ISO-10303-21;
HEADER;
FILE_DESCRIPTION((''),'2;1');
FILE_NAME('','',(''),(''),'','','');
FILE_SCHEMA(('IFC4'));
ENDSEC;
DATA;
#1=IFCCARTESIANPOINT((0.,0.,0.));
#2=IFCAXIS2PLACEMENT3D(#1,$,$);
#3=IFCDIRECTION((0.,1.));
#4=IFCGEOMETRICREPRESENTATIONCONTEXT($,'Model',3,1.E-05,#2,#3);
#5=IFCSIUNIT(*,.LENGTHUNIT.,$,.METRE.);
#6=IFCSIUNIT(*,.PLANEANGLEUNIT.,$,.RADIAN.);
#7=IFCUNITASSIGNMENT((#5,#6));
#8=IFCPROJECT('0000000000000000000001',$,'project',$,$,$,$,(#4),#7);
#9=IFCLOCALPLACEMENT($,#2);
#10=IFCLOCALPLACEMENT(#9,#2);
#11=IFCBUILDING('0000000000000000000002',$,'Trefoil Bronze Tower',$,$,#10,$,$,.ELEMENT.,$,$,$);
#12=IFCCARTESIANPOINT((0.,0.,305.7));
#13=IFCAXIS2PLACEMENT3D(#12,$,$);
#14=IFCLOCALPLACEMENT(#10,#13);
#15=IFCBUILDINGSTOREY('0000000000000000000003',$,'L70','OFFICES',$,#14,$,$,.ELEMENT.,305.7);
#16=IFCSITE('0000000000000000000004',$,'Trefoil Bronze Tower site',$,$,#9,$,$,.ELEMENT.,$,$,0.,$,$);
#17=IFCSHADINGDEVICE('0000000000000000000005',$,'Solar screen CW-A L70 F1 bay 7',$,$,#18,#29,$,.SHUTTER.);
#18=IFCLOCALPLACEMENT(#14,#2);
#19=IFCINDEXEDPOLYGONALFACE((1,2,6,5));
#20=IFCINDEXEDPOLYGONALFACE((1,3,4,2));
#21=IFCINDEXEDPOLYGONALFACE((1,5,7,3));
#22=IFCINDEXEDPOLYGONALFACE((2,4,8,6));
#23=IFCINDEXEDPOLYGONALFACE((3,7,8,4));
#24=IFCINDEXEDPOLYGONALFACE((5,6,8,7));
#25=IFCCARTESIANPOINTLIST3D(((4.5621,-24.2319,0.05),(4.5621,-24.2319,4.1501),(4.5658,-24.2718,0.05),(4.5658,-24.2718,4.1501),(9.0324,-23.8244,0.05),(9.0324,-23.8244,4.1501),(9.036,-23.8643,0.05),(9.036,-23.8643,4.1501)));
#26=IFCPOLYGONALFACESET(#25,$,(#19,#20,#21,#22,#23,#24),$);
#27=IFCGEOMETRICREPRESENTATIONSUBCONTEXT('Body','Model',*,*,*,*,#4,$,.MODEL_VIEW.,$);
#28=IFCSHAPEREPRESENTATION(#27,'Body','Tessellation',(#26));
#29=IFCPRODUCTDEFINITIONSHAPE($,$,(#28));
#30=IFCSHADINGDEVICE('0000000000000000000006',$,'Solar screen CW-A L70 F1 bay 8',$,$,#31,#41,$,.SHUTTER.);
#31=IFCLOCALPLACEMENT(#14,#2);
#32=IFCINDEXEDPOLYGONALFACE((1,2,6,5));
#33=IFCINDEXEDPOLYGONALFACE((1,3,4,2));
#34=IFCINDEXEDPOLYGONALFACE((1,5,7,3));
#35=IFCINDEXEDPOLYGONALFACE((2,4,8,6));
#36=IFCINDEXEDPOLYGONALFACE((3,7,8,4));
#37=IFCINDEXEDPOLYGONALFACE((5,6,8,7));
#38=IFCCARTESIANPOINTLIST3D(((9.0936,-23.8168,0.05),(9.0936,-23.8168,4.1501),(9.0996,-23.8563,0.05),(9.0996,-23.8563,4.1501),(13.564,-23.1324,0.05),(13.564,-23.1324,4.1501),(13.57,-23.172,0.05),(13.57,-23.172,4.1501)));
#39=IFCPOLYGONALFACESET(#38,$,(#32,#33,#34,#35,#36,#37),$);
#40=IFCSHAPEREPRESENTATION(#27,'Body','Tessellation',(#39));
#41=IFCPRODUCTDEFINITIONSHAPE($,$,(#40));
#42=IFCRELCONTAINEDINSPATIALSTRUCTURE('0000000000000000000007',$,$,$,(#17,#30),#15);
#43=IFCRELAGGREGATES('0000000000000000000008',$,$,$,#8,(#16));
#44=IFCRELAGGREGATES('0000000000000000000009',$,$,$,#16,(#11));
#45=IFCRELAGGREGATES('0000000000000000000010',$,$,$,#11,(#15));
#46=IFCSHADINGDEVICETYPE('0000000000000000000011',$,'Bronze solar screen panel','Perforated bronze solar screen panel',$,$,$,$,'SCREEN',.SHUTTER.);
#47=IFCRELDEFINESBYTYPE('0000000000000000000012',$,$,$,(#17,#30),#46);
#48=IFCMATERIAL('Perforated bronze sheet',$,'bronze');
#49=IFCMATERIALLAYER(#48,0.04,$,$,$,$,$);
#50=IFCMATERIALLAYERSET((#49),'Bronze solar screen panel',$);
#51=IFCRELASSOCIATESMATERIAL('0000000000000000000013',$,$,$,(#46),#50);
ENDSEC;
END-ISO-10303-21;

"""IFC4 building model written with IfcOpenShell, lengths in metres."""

from ifc_helpers import new_model, si_unit, direction, frame, origin, origin_2d, place, context, subcontext, project, spatial, rectangle, extrude, material, layer, layer_set, type_object, element, save


model = new_model("IFC4")

# Units and contexts
model_context = context("Model", 3, precision=1e-05, world=origin(), true_north=direction((0.0, 1.0)))
body_context = subcontext(model_context, "Body", "Model", "MODEL_VIEW")
ifc_project = project(units=[si_unit("LENGTHUNIT", "METRE"), si_unit("PLANEANGLEUNIT", "RADIAN")], contexts=[model_context])

# Site, building, storey
site_placement = place(None, origin())
site = spatial("IfcSite", under=ifc_project, at=site_placement, Name="Trefoil Bronze Tower site", CompositionType="ELEMENT", RefElevation=0.0)
building_placement = place(site_placement, origin())
building = spatial("IfcBuilding", under=site, at=building_placement, Name="Trefoil Bronze Tower", CompositionType="ELEMENT")
storey_placement = place(building_placement, frame((0.0, 0.0, 305.7)))
storey = spatial("IfcBuildingStorey", under=building, at=storey_placement, Name="L70", Description="OFFICES", CompositionType="ELEMENT", Elevation=305.7)

# Shading devices
ifc_material_1 = material(Name="Perforated bronze sheet", Category="bronze")
ifc_layer_1 = layer(ifc_material_1, 0.04)
ifc_layer_set_1 = layer_set([ifc_layer_1], Name="Bronze solar screen panel")
shading_device_type = type_object("IfcShadingDeviceType", Name="Bronze solar screen panel", Description="Perforated bronze solar screen panel", ElementType="SCREEN", PredefinedType="SHUTTER", material=ifc_layer_set_1)
shading_device_1_placement = place(storey_placement, frame((6.7991, -24.0481, 0.05), z_axis=(0.0, 0.0, 1.0), x_axis=(0.99587, 0.090789, 0.0)))
element("IfcShadingDevice", 1, at=shading_device_1_placement, inside=storey, type_object=shading_device_type, Name="Solar screen CW-A L70 F1 bay 7", PredefinedType="SHUTTER", context=body_context, shape_type="SweptSolid", body=[
    extrude(rectangle(XDim=4.4888, YDim=0.04, at=origin_2d()), origin(), (0.0, 0.0, 1.0), 4.1001),
])
shading_device_2_placement = place(storey_placement, frame((11.3318, -23.4944, 0.05), z_axis=(0.0, 0.0, 1.0), x_axis=(0.988485, 0.151317, 0.0)))
element("IfcShadingDevice", 2, at=shading_device_2_placement, inside=storey, type_object=shading_device_type, Name="Solar screen CW-A L70 F1 bay 8", PredefinedType="SHUTTER", context=body_context, shape_type="SweptSolid", body=[
    extrude(rectangle(XDim=4.5225, YDim=0.04, at=origin_2d()), origin(), (0.0, 0.0, 1.0), 4.1001),
])

save(model, "model.ifc")
